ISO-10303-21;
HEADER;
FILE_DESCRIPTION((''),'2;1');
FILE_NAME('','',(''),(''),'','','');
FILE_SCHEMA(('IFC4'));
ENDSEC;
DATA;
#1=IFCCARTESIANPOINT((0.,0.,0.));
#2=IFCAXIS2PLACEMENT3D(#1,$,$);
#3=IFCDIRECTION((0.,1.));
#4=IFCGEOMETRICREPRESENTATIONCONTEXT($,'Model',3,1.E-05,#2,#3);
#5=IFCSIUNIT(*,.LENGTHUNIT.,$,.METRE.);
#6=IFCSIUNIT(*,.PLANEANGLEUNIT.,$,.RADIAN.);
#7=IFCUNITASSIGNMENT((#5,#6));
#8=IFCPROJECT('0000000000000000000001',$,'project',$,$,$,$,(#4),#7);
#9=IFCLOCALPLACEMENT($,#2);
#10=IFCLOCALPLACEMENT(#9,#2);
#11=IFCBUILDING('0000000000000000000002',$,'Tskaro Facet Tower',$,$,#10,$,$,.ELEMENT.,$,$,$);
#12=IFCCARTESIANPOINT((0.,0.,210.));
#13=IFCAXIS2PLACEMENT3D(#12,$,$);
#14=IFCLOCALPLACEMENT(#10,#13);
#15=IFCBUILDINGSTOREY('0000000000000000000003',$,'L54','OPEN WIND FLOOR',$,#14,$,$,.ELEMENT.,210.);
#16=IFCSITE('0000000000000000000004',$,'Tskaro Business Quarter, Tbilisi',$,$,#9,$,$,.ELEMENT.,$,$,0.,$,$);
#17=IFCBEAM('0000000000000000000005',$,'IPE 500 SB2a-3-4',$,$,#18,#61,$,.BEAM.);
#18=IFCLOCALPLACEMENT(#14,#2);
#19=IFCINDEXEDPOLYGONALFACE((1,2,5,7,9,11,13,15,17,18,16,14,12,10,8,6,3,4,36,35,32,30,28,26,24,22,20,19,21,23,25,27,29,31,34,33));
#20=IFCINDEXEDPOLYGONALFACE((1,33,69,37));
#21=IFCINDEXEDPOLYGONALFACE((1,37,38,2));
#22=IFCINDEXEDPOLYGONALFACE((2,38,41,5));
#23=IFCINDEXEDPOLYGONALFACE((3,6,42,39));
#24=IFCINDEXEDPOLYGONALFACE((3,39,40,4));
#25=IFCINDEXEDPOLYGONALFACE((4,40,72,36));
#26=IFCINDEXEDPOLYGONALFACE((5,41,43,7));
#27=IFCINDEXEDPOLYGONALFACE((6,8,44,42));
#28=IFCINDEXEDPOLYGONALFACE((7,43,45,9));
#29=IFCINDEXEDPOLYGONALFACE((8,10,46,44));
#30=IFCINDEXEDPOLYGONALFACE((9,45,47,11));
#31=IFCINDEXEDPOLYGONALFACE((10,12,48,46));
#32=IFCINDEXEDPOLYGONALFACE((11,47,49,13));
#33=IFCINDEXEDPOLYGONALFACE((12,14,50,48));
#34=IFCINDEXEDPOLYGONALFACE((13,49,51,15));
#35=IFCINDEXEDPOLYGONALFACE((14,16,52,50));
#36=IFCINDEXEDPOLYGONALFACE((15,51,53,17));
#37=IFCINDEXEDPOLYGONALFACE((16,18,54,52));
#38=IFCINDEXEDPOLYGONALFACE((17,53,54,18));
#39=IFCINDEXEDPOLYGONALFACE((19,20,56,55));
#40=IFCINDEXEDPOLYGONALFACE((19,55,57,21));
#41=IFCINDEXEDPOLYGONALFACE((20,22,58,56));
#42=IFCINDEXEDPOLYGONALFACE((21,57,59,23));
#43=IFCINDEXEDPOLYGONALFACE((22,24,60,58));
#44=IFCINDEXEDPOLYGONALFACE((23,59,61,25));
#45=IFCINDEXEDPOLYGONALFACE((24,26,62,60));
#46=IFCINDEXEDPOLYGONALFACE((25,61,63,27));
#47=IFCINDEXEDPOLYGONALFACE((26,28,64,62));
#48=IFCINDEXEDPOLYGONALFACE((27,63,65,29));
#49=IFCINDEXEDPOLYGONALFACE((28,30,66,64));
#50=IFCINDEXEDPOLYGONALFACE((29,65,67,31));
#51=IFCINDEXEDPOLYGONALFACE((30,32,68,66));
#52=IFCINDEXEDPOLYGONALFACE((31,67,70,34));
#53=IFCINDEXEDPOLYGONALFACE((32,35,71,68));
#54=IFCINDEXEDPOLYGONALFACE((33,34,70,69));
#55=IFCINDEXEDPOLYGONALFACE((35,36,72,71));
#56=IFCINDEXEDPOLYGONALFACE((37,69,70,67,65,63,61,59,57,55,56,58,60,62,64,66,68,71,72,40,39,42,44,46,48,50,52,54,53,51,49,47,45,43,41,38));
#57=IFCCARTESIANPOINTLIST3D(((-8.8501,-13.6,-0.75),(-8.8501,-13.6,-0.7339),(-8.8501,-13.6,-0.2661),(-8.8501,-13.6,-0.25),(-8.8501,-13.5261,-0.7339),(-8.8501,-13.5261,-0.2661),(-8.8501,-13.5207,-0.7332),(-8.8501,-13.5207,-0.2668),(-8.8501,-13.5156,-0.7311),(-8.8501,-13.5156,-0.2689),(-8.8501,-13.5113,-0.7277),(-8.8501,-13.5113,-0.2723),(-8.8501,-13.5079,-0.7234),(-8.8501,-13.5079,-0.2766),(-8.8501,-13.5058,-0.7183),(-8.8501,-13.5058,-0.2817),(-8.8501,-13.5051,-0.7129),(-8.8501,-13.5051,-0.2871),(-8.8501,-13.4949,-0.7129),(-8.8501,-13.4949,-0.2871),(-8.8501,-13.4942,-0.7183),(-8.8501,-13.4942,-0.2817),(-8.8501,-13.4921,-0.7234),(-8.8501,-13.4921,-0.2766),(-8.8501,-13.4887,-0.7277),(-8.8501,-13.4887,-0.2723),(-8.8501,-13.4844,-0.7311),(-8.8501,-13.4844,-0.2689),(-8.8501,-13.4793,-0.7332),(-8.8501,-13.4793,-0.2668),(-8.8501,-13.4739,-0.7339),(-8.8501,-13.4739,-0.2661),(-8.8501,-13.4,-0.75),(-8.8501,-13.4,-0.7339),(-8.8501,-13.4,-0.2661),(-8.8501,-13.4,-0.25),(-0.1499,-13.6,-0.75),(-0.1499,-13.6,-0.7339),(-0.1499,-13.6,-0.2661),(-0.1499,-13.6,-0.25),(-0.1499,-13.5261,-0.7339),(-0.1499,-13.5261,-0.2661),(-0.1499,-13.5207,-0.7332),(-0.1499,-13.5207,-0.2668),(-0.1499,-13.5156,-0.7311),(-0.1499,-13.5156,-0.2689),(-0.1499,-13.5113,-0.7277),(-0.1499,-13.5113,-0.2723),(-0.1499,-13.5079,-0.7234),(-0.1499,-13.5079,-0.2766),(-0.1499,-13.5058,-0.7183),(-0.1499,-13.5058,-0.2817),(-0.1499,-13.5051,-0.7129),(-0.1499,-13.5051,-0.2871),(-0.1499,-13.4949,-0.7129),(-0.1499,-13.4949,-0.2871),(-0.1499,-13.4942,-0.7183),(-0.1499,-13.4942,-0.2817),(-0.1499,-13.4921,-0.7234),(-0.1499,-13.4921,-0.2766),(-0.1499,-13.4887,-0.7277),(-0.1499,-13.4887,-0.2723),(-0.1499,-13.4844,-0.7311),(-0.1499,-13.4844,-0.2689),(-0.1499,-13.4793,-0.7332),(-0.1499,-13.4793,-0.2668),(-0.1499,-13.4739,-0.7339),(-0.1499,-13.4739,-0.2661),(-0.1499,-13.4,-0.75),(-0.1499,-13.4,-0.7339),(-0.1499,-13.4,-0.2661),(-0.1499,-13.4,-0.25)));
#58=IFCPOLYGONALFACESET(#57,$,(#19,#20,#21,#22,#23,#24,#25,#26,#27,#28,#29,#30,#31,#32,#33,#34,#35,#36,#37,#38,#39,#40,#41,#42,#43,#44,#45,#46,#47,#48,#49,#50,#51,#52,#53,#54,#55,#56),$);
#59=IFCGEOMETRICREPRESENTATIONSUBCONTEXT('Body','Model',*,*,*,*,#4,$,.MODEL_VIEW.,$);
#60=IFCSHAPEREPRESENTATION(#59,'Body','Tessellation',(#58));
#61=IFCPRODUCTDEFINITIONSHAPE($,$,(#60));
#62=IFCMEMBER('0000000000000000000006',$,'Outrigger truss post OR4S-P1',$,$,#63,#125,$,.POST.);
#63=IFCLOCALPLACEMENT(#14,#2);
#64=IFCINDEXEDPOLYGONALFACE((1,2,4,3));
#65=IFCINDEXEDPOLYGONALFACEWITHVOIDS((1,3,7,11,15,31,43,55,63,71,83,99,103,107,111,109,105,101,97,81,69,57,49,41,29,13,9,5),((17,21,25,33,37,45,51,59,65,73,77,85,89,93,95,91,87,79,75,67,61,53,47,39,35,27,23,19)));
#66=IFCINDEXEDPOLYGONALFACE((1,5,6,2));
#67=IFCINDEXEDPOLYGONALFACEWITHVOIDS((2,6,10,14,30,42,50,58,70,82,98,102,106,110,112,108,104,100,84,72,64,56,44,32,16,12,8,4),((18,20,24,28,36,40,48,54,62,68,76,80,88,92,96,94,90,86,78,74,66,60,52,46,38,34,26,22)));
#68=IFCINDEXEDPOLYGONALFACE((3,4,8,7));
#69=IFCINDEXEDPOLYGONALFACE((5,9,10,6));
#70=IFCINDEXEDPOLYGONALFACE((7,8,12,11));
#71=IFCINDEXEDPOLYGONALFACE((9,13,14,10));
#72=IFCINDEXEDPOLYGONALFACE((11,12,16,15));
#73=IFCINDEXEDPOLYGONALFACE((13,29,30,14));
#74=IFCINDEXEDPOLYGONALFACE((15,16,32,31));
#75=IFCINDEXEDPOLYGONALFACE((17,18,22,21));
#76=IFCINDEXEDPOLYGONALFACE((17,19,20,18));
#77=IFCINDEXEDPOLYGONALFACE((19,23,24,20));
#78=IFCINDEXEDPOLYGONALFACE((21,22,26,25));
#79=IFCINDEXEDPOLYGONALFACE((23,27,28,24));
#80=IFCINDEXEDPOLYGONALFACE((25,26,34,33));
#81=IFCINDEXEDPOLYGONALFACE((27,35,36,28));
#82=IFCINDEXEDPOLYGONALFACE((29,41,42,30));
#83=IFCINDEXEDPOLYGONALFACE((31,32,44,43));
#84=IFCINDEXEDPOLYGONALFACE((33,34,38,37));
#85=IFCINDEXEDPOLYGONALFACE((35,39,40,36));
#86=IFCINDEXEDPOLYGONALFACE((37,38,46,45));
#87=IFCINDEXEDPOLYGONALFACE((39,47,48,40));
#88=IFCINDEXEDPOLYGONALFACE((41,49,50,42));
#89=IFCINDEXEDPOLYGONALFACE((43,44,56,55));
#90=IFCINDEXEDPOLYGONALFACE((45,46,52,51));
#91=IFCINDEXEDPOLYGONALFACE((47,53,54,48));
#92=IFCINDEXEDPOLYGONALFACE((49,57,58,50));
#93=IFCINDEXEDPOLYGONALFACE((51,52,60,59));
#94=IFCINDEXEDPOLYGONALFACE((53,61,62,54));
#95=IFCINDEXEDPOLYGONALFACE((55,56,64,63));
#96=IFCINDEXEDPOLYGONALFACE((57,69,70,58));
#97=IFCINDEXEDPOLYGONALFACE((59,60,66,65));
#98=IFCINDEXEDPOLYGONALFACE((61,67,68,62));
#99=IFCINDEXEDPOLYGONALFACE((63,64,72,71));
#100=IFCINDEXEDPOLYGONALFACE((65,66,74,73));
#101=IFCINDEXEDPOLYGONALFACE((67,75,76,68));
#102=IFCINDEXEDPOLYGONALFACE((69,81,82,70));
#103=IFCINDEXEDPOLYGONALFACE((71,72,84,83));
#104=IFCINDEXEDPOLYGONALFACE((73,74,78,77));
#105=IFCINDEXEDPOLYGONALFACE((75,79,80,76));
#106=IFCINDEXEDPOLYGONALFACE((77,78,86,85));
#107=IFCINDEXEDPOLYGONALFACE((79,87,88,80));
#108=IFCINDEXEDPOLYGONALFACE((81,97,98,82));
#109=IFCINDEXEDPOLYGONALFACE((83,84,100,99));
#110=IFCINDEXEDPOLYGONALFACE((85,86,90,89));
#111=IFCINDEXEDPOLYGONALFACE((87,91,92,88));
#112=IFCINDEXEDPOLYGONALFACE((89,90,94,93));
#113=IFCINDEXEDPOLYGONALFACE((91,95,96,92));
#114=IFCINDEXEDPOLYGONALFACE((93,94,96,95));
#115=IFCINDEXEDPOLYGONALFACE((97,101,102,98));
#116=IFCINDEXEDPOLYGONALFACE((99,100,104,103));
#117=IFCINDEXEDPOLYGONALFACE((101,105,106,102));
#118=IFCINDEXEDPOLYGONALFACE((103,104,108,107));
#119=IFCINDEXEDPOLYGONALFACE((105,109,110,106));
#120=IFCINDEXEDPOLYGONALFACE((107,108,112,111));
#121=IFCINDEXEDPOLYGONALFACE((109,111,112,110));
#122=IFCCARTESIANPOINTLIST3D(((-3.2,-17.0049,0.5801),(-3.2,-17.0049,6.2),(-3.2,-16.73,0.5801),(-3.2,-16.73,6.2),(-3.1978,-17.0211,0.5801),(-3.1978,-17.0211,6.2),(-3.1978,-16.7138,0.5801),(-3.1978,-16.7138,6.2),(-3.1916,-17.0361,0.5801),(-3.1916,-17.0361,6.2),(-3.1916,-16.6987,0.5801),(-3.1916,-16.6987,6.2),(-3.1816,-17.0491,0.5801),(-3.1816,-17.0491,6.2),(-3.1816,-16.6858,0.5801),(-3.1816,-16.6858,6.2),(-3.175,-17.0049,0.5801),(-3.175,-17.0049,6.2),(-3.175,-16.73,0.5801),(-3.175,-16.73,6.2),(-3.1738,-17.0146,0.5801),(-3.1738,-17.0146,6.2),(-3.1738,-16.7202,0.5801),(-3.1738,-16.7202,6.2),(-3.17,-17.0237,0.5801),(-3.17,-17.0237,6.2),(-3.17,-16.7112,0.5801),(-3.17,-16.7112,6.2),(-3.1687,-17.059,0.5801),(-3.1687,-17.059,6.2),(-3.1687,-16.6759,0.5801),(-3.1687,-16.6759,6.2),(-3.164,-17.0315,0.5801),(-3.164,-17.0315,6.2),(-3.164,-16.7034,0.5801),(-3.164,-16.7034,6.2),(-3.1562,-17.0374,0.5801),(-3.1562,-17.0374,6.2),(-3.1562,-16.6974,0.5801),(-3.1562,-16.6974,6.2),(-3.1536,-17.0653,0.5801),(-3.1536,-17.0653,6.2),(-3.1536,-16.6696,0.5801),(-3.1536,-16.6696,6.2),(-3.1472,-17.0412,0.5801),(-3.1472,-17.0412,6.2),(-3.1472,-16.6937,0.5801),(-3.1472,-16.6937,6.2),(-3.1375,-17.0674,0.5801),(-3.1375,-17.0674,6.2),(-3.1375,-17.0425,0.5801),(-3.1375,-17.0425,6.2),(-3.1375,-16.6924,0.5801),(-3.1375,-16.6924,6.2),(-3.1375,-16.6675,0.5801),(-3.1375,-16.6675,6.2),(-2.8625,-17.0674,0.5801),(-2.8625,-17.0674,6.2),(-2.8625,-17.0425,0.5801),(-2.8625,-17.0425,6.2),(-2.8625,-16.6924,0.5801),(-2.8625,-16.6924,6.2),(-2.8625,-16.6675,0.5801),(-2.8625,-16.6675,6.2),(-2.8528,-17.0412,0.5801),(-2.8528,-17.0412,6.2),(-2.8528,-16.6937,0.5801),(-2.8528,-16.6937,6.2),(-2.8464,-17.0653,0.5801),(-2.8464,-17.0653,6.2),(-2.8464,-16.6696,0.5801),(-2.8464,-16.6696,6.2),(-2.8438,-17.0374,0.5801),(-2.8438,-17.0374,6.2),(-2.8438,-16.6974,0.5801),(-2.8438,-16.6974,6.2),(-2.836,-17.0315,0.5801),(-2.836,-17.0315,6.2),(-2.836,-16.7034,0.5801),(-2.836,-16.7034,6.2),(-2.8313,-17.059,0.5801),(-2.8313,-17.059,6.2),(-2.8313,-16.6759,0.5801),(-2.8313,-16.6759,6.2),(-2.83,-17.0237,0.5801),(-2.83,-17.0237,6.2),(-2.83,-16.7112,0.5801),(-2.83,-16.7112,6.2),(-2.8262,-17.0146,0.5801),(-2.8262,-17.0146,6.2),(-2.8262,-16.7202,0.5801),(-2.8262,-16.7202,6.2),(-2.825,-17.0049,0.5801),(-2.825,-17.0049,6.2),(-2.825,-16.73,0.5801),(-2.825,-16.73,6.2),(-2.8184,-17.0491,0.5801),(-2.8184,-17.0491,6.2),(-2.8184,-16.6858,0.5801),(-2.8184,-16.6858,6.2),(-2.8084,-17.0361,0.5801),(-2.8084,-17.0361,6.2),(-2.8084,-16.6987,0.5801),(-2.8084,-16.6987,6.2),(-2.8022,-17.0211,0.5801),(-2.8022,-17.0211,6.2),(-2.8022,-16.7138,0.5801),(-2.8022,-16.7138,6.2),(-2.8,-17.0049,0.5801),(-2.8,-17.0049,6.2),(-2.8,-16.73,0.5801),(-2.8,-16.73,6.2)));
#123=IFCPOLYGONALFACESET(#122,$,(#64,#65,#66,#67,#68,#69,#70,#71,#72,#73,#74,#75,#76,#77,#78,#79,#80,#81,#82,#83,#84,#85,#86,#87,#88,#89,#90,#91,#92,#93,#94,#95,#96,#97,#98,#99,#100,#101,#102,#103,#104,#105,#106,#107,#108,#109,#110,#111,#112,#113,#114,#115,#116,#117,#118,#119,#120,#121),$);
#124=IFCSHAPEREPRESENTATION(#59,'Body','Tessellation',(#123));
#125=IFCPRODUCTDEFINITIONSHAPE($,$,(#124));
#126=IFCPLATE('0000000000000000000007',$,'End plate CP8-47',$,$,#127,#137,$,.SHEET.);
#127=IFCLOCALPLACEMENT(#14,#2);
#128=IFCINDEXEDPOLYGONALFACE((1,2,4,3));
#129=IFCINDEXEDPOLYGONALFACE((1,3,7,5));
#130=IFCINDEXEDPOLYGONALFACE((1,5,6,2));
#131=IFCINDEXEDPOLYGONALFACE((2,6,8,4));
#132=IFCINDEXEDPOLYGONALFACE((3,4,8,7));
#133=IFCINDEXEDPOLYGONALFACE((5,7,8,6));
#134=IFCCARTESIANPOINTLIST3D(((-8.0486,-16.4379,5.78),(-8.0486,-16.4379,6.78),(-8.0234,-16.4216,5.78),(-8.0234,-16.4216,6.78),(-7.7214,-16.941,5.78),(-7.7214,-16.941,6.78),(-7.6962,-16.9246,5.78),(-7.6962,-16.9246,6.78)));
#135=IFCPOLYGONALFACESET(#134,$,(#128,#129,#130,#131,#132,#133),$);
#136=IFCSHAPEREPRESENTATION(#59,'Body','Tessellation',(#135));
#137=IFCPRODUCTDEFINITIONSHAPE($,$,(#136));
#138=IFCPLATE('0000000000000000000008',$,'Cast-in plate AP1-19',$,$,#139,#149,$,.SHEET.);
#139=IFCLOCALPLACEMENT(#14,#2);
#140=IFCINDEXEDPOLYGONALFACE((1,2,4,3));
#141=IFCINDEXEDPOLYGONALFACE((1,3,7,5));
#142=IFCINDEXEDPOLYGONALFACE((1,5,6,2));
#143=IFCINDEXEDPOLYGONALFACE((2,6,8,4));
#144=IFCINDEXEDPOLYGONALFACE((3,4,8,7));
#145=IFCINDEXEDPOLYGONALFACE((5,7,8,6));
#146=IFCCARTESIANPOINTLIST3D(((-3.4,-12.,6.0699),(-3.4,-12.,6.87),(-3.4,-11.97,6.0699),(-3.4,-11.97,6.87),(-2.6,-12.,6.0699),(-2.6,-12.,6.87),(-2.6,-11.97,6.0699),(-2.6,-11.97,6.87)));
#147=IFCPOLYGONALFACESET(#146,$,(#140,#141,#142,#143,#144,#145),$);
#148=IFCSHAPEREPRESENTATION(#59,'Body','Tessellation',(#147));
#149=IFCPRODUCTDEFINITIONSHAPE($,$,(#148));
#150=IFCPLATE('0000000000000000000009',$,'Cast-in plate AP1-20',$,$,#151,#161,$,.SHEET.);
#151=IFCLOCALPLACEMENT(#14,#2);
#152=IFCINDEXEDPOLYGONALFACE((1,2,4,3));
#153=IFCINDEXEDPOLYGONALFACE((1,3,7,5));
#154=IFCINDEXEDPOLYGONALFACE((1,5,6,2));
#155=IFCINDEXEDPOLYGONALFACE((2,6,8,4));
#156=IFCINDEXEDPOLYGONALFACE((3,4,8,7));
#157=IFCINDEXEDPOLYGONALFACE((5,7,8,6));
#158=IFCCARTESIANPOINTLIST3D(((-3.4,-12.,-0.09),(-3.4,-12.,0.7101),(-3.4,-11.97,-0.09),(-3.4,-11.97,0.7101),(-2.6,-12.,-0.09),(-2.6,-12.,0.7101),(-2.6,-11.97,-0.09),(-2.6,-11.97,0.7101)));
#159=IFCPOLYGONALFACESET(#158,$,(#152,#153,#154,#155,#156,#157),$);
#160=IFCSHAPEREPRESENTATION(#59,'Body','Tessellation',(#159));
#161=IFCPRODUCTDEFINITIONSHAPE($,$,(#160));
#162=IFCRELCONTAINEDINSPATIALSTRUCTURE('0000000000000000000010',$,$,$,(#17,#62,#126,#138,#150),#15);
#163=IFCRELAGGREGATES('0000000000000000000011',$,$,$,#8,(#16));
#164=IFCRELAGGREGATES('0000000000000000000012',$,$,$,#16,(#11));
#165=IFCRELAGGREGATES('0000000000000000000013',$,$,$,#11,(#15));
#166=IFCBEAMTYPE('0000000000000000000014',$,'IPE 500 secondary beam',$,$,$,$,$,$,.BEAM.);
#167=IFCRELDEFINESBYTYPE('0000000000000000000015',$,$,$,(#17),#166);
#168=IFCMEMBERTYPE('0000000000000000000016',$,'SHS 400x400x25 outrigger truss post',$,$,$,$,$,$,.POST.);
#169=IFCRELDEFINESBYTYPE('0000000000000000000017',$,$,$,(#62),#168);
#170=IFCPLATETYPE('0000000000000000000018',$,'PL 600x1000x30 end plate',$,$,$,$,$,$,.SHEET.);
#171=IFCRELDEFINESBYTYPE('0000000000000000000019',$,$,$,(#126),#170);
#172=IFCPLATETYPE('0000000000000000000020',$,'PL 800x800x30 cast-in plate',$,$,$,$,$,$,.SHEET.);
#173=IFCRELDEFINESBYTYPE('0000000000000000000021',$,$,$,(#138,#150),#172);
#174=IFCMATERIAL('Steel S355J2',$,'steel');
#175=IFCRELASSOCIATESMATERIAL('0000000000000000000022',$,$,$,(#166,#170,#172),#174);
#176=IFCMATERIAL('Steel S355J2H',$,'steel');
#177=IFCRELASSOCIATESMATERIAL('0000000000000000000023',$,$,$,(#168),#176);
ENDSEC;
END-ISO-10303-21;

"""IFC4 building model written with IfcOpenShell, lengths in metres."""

from ifc_helpers import new_model, si_unit, direction, frame, origin, origin_2d, place, context, subcontext, project, spatial, rectangle, hollow_rectangle, i_section, extrude, material, material_profile, profile_set, type_object, element, save


model = new_model("IFC4")

# Units and contexts
model_context = context("Model", 3, precision=1e-05, world=origin(), true_north=direction((0.0, 1.0)))
body_context = subcontext(model_context, "Body", "Model", "MODEL_VIEW")
ifc_project = project(units=[si_unit("LENGTHUNIT", "METRE"), si_unit("PLANEANGLEUNIT", "RADIAN")], contexts=[model_context])

# Site, building, storey
site_placement = place(None, origin())
site = spatial("IfcSite", under=ifc_project, at=site_placement, Name="Tskaro Business Quarter, Tbilisi", CompositionType="ELEMENT", RefElevation=0.0)
building_placement = place(site_placement, origin())
building = spatial("IfcBuilding", under=site, at=building_placement, Name="Tskaro Facet Tower", CompositionType="ELEMENT")
storey_placement = place(building_placement, frame((0.0, 0.0, 210.0)))
storey = spatial("IfcBuildingStorey", under=building, at=storey_placement, Name="L54", Description="OPEN WIND FLOOR", CompositionType="ELEMENT", Elevation=210.0)

# Shared definitions
ifc_material_1 = material(Name="Steel S355J2H", Category="steel")

# Shared definitions
ifc_material_2 = material(Name="Steel S355J2", Category="steel")

# Beam
ifc_material_profile_1 = material_profile(ifc_material_2, i_section(OverallWidth=0.2, OverallDepth=0.5, WebThickness=0.0103, FlangeThickness=0.0161, FilletRadius=0.021, at=origin_2d()), Name="IPE 500")
ifc_profile_set_1 = profile_set([ifc_material_profile_1], Name="Steel S355J2")
beam_type_1 = type_object("IfcBeamType", Name="IPE 500 secondary beam", PredefinedType="BEAM", material=ifc_profile_set_1)
beam_1_placement = place(storey_placement, frame((-8.8501, -13.5, -0.5), z_axis=(1.0, 0.0, 0.0), x_axis=(0.0, 1.0, 0.0)))
element("IfcBeam", 1, at=beam_1_placement, inside=storey, type_object=beam_type_1, Name="IPE 500 SB2a-3-4", PredefinedType="BEAM", context=body_context, shape_type="SweptSolid", body=[
    extrude(i_section(OverallWidth=0.2, OverallDepth=0.5, WebThickness=0.0103, FlangeThickness=0.0161, FilletRadius=0.021, at=origin_2d()), origin(), (0.0, 0.0, 1.0), 8.7002),
])

# Member
ifc_material_profile_2 = material_profile(ifc_material_1, hollow_rectangle(XDim=0.3999, YDim=0.3999, WallThickness=0.0249, InnerFilletRadius=0.0376, OuterFilletRadius=0.0625, at=origin_2d()), Name="SHS 400x400x25")
ifc_profile_set_2 = profile_set([ifc_material_profile_2], Name="Steel S355J2H")
member_type_1 = type_object("IfcMemberType", Name="SHS 400x400x25 outrigger truss post", PredefinedType="POST", material=ifc_profile_set_2)
member_1_placement = place(storey_placement, frame((-3.0, -16.8674, 0.5801), z_axis=(0.0, 0.0, 1.0), x_axis=(1.0, 0.0, 0.0)))
element("IfcMember", 2, at=member_1_placement, inside=storey, type_object=member_type_1, Name="Outrigger truss post OR4S-P1", PredefinedType="POST", context=body_context, shape_type="SweptSolid", body=[
    extrude(hollow_rectangle(XDim=0.3999, YDim=0.3999, WallThickness=0.0249, InnerFilletRadius=0.0376, OuterFilletRadius=0.0625, at=origin_2d()), origin(), (0.0, 0.0, 1.0), 5.6199),
])

# Plates
ifc_material_profile_3 = material_profile(ifc_material_2, rectangle(XDim=0.6001, YDim=1.0, at=origin_2d()), Name="PL 600x1000x30 end plate")
ifc_profile_set_3 = profile_set([ifc_material_profile_3], Name="Steel S355J2")
plate_type_1 = type_object("IfcPlateType", Name="PL 600x1000x30 end plate", PredefinedType="SHEET", material=ifc_profile_set_3)
plate_placement = place(storey_placement, frame((-7.885, -16.6895, 6.28), z_axis=(0.838258, 0.545274, 0.0), x_axis=(-0.545274, 0.838258, 0.0)))
element("IfcPlate", 3, at=plate_placement, inside=storey, type_object=plate_type_1, Name="End plate CP8-47", PredefinedType="SHEET", context=body_context, shape_type="SweptSolid", body=[
    extrude(rectangle(XDim=0.6001, YDim=1.0, at=origin_2d()), origin(), (0.0, 0.0, 1.0), 0.03),
])
ifc_material_profile_4 = material_profile(ifc_material_2, rectangle(XDim=0.8, YDim=0.8, at=origin_2d()), Name="PL 800x800x30 cast-in plate")
ifc_profile_set_4 = profile_set([ifc_material_profile_4], Name="Steel S355J2")
plate_type_2 = type_object("IfcPlateType", Name="PL 800x800x30 cast-in plate", PredefinedType="SHEET", material=ifc_profile_set_4)
for number, where, z_axis, x_axis, name in (
    (4, (-3.0, -11.97, 6.47), (0.0, -1.0, 0.0), (1.0, 0.0, 0.0), "Cast-in plate AP1-19"),
    (5, (-3.0, -11.97, 0.3101), (0.0, -1.0, 0.0), (1.0, 0.0, 0.0), "Cast-in plate AP1-20"),
):
    element("IfcPlate", number, at=place(storey_placement, frame(where, z_axis=z_axis, x_axis=x_axis)), inside=storey, type_object=plate_type_2, Name=name, PredefinedType="SHEET", context=body_context, shape_type="SweptSolid", body=[
        extrude(rectangle(XDim=0.8, YDim=0.8, at=origin_2d()), origin(), (0.0, 0.0, 1.0), 0.03),
    ])

save(model, "model.ifc")
